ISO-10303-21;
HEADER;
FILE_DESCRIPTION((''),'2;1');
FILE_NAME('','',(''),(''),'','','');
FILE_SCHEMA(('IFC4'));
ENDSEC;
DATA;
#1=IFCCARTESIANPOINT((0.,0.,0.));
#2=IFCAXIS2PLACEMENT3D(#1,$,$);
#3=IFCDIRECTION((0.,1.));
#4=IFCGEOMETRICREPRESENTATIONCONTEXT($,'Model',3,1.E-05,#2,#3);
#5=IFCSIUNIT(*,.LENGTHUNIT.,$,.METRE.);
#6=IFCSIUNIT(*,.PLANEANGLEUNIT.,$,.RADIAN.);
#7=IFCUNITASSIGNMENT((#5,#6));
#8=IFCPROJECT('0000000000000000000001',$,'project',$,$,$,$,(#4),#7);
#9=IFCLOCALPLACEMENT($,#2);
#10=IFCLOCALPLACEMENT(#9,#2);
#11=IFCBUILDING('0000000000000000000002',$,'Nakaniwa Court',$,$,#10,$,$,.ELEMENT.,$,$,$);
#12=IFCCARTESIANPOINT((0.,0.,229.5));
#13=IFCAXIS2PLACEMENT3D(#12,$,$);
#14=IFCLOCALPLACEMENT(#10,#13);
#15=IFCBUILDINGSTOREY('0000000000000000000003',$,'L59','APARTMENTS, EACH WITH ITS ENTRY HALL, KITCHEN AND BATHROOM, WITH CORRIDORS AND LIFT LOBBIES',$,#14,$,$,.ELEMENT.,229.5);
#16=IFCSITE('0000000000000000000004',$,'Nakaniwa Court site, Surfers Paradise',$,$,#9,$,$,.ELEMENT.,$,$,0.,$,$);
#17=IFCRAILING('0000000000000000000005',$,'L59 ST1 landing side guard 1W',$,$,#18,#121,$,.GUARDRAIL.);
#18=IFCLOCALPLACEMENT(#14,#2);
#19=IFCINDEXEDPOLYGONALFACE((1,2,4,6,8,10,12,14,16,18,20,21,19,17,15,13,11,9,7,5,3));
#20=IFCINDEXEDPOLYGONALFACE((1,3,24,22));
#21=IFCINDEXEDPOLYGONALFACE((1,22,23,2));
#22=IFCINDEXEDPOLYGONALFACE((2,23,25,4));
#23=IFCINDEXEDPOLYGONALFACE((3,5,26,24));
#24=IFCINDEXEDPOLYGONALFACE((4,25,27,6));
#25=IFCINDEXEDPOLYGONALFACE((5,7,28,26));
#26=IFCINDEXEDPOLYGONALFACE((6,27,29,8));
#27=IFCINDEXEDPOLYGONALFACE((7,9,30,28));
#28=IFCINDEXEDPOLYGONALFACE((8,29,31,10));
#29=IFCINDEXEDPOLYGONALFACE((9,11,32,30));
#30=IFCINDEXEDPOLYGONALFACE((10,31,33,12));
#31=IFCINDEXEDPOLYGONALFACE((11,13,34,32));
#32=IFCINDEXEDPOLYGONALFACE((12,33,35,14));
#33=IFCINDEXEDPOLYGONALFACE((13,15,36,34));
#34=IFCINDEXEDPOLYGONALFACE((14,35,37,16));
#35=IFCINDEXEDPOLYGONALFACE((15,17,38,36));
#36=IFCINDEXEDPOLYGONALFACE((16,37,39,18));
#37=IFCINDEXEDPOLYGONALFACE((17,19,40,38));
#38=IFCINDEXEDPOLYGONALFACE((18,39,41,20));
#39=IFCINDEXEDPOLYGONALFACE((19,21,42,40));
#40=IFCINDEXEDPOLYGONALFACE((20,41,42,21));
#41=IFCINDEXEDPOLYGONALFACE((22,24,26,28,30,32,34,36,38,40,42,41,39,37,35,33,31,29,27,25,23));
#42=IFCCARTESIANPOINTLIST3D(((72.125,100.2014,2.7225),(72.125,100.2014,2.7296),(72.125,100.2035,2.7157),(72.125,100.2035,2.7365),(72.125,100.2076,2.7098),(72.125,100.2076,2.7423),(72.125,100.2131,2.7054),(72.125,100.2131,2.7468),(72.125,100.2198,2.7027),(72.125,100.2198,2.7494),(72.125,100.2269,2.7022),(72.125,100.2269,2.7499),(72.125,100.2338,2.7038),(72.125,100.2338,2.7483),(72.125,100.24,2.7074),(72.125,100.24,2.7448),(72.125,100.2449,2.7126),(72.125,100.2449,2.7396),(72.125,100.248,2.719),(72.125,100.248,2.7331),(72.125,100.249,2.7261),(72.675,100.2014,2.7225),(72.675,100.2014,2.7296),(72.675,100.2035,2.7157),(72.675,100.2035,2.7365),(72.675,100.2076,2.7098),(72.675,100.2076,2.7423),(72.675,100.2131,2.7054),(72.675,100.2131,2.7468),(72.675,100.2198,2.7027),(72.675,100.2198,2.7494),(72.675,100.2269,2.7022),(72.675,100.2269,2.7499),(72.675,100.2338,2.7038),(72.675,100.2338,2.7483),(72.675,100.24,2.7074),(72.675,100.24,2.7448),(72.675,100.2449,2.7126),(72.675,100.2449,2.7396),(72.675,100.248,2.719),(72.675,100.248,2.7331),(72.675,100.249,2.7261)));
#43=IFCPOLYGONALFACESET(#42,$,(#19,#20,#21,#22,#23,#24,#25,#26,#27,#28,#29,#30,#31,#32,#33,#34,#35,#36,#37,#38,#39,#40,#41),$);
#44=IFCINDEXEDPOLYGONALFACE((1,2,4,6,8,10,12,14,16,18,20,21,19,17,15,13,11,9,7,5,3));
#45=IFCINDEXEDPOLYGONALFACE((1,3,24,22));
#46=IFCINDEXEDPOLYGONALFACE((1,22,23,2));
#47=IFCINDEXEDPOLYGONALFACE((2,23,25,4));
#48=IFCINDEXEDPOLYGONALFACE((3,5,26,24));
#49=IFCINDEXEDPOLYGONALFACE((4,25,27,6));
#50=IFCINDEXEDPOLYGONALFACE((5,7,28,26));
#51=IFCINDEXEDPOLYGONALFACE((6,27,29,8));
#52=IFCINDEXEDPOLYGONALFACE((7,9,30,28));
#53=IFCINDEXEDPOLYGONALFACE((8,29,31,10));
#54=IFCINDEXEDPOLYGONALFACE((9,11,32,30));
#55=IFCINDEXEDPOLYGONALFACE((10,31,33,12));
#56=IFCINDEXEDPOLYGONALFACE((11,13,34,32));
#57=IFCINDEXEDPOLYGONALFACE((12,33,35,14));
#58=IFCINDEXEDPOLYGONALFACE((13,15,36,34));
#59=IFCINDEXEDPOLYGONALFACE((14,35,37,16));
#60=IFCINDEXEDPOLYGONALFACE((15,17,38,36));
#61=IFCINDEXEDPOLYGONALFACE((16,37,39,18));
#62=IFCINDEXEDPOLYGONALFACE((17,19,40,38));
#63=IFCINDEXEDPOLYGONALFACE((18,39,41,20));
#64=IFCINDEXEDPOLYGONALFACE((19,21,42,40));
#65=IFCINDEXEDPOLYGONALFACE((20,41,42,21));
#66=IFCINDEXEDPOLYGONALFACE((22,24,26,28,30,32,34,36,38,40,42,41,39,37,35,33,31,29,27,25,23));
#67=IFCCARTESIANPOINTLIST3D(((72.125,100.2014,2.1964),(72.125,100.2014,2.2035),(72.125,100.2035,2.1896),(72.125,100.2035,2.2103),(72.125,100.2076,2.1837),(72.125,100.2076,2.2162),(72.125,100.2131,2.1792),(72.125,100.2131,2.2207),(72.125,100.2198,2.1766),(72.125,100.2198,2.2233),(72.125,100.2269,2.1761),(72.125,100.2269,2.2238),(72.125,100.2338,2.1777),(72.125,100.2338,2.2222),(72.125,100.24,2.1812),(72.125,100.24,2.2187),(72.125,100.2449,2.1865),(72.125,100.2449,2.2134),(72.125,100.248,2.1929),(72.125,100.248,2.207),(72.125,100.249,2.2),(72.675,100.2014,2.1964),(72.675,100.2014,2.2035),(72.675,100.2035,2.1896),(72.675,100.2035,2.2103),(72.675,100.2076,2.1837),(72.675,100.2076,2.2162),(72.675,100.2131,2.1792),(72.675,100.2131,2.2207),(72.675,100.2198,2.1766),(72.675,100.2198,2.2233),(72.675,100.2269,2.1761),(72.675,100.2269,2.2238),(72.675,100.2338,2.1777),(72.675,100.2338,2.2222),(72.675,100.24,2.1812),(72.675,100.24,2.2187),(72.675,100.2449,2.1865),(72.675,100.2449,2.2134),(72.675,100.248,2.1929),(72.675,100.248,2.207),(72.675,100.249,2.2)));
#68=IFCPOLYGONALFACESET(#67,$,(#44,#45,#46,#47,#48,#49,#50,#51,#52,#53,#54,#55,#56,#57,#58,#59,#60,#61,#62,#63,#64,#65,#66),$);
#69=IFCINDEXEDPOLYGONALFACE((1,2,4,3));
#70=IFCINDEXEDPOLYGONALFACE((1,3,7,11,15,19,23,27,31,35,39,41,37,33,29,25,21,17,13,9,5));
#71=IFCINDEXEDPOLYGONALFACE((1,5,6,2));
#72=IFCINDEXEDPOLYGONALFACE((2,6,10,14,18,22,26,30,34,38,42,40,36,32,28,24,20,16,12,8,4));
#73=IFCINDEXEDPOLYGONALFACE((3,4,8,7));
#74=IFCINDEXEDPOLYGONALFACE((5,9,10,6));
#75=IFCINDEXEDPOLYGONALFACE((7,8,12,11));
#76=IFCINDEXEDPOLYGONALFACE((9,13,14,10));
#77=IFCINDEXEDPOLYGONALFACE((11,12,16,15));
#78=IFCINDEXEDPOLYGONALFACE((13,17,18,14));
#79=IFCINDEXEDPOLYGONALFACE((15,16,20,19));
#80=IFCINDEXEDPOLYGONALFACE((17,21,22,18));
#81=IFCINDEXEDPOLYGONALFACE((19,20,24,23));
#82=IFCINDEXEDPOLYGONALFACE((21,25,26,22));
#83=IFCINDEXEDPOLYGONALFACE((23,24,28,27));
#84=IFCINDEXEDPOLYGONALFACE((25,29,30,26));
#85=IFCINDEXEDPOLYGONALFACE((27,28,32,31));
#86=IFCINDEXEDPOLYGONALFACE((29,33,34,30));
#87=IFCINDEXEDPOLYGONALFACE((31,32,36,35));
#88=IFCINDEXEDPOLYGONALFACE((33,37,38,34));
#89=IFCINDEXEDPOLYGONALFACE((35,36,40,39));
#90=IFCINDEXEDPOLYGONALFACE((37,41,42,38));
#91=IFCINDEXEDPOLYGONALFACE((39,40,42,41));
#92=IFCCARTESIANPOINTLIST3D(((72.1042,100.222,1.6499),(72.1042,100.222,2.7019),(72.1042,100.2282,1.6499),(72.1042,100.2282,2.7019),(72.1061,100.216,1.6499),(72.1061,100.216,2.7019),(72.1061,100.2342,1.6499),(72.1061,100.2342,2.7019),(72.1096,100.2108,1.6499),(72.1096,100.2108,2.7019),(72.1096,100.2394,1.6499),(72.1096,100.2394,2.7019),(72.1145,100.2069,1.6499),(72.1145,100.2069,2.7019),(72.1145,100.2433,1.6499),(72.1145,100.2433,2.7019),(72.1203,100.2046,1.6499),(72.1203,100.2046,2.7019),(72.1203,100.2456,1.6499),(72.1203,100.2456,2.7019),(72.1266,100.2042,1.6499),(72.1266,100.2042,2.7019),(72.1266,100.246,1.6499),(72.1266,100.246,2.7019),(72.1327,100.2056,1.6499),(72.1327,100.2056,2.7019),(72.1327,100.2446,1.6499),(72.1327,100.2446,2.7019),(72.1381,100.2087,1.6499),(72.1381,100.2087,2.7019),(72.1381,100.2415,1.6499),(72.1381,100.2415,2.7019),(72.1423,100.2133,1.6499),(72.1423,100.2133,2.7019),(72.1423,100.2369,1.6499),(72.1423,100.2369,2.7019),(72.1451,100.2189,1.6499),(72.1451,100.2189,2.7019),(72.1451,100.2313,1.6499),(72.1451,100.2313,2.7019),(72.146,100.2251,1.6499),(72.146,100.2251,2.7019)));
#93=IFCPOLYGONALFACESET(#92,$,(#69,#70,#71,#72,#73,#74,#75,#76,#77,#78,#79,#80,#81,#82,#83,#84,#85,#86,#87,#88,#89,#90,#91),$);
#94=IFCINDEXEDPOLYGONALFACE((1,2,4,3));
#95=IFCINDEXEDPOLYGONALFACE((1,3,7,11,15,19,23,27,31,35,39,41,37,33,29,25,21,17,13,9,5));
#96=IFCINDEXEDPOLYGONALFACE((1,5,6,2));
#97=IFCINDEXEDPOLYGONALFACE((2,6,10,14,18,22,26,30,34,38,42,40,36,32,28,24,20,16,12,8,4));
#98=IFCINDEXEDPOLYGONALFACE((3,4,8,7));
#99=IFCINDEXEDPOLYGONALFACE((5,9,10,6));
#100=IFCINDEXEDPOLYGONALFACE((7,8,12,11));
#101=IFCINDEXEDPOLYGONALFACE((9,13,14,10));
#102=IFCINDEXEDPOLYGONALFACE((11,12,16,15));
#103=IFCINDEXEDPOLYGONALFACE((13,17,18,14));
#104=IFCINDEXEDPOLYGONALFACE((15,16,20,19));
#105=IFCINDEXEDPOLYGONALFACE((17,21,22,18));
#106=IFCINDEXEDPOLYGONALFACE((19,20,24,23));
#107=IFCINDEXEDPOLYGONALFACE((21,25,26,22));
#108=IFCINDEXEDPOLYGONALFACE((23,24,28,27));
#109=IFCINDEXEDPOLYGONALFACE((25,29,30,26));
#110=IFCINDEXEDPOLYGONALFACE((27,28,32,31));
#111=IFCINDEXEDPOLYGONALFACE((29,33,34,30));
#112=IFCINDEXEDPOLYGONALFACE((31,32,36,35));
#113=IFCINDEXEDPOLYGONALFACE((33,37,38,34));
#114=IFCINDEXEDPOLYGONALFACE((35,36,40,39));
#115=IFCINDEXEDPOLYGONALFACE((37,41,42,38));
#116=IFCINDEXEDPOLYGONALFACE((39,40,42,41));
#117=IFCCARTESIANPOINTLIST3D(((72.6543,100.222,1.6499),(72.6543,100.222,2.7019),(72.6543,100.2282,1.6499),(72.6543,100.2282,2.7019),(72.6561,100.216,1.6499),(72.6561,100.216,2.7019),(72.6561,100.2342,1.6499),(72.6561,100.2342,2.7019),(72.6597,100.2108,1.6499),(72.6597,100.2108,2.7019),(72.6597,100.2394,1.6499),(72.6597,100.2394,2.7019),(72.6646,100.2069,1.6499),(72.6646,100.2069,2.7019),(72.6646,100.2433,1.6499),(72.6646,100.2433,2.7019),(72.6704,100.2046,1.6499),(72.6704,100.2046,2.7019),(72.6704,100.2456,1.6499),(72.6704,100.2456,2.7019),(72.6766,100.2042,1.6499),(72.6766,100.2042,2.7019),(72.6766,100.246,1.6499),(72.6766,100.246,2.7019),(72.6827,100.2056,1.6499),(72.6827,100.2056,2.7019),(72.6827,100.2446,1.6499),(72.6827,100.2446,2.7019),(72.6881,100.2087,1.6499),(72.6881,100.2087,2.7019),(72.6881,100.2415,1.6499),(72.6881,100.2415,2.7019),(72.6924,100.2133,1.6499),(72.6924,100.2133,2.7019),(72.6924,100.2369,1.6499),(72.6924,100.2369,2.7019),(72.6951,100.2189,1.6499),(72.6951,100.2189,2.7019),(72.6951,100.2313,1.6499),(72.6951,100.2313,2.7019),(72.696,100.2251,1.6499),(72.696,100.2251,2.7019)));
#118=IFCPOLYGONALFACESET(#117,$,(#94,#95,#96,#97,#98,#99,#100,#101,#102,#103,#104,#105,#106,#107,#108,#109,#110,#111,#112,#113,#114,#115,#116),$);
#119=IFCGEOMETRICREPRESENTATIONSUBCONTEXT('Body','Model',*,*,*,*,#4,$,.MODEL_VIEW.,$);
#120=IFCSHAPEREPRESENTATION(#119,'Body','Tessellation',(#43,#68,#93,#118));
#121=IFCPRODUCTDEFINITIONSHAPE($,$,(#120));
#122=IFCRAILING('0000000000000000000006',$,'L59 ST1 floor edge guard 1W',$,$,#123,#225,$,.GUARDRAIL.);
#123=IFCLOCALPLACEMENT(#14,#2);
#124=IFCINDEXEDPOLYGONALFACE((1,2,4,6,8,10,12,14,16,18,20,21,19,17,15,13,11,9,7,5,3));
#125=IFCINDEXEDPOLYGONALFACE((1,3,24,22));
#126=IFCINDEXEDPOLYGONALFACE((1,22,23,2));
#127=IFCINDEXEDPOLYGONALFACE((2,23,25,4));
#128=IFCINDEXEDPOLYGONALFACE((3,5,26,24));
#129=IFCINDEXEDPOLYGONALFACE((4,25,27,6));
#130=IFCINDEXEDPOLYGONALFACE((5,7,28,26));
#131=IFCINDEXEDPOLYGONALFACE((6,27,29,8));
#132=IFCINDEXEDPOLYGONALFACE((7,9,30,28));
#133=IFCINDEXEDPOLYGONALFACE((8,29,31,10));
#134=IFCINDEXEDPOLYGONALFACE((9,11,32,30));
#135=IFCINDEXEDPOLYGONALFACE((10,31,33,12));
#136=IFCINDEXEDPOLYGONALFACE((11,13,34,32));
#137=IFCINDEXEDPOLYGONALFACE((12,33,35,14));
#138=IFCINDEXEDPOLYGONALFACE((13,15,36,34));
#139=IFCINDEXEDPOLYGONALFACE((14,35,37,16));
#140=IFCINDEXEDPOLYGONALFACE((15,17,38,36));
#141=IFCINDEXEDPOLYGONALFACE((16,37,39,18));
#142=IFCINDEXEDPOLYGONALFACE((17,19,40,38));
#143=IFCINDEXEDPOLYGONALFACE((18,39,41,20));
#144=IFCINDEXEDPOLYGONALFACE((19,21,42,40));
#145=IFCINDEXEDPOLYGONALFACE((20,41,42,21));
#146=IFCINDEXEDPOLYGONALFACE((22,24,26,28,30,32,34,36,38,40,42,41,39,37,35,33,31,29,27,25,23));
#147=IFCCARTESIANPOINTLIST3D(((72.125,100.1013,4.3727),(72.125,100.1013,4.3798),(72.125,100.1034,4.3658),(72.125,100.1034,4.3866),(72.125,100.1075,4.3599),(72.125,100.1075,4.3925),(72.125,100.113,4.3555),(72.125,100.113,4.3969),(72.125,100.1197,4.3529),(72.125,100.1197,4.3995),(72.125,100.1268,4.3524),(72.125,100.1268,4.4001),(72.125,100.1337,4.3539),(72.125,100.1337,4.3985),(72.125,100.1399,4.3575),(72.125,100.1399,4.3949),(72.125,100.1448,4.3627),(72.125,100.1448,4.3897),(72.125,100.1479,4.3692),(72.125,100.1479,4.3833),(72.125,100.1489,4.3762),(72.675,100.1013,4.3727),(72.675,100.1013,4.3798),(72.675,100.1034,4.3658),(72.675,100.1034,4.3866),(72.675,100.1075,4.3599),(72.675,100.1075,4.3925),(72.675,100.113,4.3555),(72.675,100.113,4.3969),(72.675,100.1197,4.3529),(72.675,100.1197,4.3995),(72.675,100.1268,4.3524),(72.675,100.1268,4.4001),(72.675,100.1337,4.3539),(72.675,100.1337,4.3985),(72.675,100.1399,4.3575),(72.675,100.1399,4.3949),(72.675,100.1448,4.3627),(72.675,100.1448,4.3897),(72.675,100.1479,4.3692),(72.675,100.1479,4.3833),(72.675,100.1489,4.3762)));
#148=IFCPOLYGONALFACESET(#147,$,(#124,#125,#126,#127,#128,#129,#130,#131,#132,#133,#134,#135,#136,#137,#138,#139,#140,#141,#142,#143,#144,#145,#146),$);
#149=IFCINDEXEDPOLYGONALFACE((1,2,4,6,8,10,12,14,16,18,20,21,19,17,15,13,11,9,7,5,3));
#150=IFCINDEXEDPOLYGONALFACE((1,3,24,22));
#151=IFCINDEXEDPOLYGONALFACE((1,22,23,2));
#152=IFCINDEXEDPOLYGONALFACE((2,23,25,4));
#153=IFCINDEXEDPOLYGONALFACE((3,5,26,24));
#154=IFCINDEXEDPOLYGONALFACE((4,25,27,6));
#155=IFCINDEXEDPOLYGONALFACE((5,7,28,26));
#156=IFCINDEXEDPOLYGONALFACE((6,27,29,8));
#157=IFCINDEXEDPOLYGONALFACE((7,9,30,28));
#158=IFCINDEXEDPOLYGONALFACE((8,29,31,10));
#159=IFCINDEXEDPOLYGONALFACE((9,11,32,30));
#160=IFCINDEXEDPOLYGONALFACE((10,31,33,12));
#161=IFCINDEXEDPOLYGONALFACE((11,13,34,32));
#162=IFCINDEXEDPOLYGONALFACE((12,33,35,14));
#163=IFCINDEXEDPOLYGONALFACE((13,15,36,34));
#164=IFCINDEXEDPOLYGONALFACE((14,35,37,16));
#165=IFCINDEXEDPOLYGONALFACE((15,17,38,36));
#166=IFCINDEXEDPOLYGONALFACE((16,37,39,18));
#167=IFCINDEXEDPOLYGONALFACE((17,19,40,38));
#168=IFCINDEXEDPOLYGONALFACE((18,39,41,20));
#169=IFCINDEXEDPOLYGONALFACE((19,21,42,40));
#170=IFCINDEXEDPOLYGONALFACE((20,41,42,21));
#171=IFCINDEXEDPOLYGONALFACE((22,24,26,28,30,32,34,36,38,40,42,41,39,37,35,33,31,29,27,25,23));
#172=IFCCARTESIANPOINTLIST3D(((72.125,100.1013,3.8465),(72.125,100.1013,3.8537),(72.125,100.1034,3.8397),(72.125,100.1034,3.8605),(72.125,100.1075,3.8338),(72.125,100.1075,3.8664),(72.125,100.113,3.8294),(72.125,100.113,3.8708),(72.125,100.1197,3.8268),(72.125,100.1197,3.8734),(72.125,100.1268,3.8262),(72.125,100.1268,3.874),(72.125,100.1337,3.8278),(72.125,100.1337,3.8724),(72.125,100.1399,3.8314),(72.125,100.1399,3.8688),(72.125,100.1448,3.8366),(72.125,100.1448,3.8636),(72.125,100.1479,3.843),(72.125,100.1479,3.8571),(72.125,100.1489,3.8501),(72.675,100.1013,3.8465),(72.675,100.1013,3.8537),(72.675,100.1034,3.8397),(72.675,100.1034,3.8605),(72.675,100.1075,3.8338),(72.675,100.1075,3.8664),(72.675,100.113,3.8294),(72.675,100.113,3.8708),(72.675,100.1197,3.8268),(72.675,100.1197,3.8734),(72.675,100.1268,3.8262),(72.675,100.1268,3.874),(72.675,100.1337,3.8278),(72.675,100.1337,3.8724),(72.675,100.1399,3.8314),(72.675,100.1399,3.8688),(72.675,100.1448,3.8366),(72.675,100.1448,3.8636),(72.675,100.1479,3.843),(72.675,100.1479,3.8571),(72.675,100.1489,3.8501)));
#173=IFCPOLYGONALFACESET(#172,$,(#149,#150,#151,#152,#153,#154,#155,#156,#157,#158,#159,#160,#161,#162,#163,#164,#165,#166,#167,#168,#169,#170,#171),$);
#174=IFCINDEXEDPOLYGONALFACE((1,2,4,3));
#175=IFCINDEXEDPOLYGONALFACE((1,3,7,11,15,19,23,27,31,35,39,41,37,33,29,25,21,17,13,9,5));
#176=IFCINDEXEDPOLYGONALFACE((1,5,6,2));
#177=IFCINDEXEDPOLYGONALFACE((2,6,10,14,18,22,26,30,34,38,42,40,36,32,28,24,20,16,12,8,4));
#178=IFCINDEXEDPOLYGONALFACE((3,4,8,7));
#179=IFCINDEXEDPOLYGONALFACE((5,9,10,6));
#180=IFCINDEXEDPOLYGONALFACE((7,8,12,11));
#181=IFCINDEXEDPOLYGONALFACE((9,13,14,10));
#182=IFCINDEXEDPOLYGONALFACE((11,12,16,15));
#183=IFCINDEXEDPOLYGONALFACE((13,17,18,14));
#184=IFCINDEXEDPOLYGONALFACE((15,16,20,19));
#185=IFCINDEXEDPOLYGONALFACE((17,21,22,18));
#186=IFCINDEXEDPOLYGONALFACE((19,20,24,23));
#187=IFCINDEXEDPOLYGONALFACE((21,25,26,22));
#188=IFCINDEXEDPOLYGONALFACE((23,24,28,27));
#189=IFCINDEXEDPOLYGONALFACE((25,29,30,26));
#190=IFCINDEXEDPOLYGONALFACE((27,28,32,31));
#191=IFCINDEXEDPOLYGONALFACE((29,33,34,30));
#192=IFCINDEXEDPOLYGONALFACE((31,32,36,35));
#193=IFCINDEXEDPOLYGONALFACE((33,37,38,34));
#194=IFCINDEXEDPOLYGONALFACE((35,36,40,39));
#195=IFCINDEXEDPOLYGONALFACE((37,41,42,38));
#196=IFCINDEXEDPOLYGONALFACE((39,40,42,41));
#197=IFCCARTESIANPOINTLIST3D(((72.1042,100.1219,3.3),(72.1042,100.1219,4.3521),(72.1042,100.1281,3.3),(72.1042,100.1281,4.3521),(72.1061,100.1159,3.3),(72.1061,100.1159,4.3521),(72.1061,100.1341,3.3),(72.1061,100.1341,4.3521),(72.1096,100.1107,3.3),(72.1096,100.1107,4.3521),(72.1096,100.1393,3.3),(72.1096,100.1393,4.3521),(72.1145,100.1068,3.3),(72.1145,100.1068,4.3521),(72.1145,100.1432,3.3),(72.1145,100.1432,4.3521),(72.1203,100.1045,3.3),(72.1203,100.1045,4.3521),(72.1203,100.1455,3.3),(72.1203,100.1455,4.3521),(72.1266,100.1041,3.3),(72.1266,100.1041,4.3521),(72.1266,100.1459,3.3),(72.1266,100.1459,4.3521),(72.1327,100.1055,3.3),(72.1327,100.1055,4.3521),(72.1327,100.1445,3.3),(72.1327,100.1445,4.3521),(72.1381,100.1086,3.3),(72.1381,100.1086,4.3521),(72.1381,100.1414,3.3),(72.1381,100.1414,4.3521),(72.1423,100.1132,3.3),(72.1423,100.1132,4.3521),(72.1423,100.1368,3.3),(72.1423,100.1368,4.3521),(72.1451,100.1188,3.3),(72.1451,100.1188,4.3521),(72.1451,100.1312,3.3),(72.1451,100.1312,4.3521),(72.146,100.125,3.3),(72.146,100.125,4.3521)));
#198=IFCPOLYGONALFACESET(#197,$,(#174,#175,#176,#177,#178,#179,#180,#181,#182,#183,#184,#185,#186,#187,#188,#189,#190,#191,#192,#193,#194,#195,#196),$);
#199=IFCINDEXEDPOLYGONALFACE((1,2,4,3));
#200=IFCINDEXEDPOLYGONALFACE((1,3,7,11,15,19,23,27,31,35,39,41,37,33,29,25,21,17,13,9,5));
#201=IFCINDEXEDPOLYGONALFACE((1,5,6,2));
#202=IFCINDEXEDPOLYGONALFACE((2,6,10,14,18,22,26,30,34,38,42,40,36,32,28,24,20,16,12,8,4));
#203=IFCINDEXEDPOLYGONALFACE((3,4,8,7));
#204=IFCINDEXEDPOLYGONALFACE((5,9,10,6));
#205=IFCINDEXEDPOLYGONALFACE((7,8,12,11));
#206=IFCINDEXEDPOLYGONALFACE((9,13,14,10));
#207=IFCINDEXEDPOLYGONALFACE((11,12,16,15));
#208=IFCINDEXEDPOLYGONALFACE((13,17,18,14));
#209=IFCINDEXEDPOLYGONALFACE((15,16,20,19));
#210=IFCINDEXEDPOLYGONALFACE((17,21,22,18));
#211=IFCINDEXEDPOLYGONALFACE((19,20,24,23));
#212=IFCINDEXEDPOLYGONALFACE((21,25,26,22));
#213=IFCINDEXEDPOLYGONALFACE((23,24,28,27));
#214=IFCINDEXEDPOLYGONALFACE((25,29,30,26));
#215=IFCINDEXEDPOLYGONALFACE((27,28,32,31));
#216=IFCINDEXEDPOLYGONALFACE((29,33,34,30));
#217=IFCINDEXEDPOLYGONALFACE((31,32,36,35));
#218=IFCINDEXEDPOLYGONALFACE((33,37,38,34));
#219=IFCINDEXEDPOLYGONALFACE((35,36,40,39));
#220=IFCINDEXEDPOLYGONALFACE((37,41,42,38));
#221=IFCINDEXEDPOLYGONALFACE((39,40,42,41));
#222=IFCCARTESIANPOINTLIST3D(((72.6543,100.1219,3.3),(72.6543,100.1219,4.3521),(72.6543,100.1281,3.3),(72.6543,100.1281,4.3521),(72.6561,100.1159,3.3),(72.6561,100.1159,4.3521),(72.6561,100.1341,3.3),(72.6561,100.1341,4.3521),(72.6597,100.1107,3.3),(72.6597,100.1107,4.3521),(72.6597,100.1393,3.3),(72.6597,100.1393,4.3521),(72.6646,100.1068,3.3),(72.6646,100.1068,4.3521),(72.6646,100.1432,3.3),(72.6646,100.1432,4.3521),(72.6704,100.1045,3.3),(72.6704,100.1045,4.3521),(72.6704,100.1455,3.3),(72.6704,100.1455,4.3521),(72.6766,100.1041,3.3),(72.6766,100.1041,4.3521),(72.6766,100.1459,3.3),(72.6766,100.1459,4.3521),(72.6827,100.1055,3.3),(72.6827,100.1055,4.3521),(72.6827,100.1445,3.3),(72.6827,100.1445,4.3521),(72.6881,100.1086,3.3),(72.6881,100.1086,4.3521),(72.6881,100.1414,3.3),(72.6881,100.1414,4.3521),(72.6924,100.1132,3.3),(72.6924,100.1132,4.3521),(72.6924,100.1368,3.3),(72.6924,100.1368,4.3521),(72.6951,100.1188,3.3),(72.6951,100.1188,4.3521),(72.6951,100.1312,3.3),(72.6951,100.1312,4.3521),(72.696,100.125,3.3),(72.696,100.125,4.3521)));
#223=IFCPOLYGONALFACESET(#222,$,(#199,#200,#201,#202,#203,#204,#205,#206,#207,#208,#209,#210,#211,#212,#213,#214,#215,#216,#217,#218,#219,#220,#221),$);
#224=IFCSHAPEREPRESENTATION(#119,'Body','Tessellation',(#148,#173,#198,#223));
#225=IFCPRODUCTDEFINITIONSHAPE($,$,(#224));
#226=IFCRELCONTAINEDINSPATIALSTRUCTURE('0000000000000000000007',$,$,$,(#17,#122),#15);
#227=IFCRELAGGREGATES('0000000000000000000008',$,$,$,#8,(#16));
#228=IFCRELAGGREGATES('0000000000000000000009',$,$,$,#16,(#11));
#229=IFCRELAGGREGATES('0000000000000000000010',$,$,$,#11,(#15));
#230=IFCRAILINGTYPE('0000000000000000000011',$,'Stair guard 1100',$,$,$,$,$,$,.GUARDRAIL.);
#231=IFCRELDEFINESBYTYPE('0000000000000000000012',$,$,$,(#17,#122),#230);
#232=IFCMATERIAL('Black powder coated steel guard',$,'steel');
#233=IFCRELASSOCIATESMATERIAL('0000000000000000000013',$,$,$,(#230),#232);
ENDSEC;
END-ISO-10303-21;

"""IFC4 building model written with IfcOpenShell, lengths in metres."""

from ifc_helpers import new_model, si_unit, direction, frame, origin, origin_2d, place, context, subcontext, project, spatial, circle, extrude, material, type_object, element, save


model = new_model("IFC4")

# Units and contexts
model_context = context("Model", 3, precision=1e-05, world=origin(), true_north=direction((0.0, 1.0)))
body_context = subcontext(model_context, "Body", "Model", "MODEL_VIEW")
ifc_project = project(units=[si_unit("LENGTHUNIT", "METRE"), si_unit("PLANEANGLEUNIT", "RADIAN")], contexts=[model_context])

# Site, building, storey
site_placement = place(None, origin())
site = spatial("IfcSite", under=ifc_project, at=site_placement, Name="Nakaniwa Court site, Surfers Paradise", CompositionType="ELEMENT", RefElevation=0.0)
building_placement = place(site_placement, origin())
building = spatial("IfcBuilding", under=site, at=building_placement, Name="Nakaniwa Court", CompositionType="ELEMENT")
storey_placement = place(building_placement, frame((0.0, 0.0, 229.5)))
storey = spatial("IfcBuildingStorey", under=building, at=storey_placement, Name="L59", Description="APARTMENTS, EACH WITH ITS ENTRY HALL, KITCHEN AND BATHROOM, WITH CORRIDORS AND LIFT LOBBIES", CompositionType="ELEMENT", Elevation=229.5)

# Railings
ifc_material_1 = material(Name="Black powder coated steel guard", Category="steel")
railing_type_1 = type_object("IfcRailingType", Name="Stair guard 1100", PredefinedType="GUARDRAIL", material=ifc_material_1)
for number, where, name in (
    (1, (72.125, 100.2251, 1.6499), "L59 ST1 landing side guard 1W"),
    (2, (72.125, 100.125, 3.3), "L59 ST1 floor edge guard 1W"),
):
    element("IfcRailing", number, at=place(storey_placement, frame(where)), inside=storey, type_object=railing_type_1, Name=name, PredefinedType="GUARDRAIL", context=body_context, shape_type="SweptSolid", body=[
        extrude(circle(Radius=0.0239, at=origin_2d()), frame((0.0, 0.0, 1.0762), z_axis=(1.0, 0.0, 0.0), x_axis=(0.0, 1.0, 0.0)), (0.0, 0.0, 1.0), 0.55),
        extrude(circle(Radius=0.0239, at=origin_2d()), frame((0.0, 0.0, 0.55), z_axis=(1.0, 0.0, 0.0), x_axis=(0.0, 1.0, 0.0)), (0.0, 0.0, 1.0), 0.55),
        extrude(circle(Radius=0.021, at=origin_2d()), origin(), (0.0, 0.0, 1.0), 1.052),
        extrude(circle(Radius=0.021, at=origin_2d()), frame((0.55, 0.0, 0.0)), (0.0, 0.0, 1.0), 1.052),
    ])

save(model, "model.ifc")
